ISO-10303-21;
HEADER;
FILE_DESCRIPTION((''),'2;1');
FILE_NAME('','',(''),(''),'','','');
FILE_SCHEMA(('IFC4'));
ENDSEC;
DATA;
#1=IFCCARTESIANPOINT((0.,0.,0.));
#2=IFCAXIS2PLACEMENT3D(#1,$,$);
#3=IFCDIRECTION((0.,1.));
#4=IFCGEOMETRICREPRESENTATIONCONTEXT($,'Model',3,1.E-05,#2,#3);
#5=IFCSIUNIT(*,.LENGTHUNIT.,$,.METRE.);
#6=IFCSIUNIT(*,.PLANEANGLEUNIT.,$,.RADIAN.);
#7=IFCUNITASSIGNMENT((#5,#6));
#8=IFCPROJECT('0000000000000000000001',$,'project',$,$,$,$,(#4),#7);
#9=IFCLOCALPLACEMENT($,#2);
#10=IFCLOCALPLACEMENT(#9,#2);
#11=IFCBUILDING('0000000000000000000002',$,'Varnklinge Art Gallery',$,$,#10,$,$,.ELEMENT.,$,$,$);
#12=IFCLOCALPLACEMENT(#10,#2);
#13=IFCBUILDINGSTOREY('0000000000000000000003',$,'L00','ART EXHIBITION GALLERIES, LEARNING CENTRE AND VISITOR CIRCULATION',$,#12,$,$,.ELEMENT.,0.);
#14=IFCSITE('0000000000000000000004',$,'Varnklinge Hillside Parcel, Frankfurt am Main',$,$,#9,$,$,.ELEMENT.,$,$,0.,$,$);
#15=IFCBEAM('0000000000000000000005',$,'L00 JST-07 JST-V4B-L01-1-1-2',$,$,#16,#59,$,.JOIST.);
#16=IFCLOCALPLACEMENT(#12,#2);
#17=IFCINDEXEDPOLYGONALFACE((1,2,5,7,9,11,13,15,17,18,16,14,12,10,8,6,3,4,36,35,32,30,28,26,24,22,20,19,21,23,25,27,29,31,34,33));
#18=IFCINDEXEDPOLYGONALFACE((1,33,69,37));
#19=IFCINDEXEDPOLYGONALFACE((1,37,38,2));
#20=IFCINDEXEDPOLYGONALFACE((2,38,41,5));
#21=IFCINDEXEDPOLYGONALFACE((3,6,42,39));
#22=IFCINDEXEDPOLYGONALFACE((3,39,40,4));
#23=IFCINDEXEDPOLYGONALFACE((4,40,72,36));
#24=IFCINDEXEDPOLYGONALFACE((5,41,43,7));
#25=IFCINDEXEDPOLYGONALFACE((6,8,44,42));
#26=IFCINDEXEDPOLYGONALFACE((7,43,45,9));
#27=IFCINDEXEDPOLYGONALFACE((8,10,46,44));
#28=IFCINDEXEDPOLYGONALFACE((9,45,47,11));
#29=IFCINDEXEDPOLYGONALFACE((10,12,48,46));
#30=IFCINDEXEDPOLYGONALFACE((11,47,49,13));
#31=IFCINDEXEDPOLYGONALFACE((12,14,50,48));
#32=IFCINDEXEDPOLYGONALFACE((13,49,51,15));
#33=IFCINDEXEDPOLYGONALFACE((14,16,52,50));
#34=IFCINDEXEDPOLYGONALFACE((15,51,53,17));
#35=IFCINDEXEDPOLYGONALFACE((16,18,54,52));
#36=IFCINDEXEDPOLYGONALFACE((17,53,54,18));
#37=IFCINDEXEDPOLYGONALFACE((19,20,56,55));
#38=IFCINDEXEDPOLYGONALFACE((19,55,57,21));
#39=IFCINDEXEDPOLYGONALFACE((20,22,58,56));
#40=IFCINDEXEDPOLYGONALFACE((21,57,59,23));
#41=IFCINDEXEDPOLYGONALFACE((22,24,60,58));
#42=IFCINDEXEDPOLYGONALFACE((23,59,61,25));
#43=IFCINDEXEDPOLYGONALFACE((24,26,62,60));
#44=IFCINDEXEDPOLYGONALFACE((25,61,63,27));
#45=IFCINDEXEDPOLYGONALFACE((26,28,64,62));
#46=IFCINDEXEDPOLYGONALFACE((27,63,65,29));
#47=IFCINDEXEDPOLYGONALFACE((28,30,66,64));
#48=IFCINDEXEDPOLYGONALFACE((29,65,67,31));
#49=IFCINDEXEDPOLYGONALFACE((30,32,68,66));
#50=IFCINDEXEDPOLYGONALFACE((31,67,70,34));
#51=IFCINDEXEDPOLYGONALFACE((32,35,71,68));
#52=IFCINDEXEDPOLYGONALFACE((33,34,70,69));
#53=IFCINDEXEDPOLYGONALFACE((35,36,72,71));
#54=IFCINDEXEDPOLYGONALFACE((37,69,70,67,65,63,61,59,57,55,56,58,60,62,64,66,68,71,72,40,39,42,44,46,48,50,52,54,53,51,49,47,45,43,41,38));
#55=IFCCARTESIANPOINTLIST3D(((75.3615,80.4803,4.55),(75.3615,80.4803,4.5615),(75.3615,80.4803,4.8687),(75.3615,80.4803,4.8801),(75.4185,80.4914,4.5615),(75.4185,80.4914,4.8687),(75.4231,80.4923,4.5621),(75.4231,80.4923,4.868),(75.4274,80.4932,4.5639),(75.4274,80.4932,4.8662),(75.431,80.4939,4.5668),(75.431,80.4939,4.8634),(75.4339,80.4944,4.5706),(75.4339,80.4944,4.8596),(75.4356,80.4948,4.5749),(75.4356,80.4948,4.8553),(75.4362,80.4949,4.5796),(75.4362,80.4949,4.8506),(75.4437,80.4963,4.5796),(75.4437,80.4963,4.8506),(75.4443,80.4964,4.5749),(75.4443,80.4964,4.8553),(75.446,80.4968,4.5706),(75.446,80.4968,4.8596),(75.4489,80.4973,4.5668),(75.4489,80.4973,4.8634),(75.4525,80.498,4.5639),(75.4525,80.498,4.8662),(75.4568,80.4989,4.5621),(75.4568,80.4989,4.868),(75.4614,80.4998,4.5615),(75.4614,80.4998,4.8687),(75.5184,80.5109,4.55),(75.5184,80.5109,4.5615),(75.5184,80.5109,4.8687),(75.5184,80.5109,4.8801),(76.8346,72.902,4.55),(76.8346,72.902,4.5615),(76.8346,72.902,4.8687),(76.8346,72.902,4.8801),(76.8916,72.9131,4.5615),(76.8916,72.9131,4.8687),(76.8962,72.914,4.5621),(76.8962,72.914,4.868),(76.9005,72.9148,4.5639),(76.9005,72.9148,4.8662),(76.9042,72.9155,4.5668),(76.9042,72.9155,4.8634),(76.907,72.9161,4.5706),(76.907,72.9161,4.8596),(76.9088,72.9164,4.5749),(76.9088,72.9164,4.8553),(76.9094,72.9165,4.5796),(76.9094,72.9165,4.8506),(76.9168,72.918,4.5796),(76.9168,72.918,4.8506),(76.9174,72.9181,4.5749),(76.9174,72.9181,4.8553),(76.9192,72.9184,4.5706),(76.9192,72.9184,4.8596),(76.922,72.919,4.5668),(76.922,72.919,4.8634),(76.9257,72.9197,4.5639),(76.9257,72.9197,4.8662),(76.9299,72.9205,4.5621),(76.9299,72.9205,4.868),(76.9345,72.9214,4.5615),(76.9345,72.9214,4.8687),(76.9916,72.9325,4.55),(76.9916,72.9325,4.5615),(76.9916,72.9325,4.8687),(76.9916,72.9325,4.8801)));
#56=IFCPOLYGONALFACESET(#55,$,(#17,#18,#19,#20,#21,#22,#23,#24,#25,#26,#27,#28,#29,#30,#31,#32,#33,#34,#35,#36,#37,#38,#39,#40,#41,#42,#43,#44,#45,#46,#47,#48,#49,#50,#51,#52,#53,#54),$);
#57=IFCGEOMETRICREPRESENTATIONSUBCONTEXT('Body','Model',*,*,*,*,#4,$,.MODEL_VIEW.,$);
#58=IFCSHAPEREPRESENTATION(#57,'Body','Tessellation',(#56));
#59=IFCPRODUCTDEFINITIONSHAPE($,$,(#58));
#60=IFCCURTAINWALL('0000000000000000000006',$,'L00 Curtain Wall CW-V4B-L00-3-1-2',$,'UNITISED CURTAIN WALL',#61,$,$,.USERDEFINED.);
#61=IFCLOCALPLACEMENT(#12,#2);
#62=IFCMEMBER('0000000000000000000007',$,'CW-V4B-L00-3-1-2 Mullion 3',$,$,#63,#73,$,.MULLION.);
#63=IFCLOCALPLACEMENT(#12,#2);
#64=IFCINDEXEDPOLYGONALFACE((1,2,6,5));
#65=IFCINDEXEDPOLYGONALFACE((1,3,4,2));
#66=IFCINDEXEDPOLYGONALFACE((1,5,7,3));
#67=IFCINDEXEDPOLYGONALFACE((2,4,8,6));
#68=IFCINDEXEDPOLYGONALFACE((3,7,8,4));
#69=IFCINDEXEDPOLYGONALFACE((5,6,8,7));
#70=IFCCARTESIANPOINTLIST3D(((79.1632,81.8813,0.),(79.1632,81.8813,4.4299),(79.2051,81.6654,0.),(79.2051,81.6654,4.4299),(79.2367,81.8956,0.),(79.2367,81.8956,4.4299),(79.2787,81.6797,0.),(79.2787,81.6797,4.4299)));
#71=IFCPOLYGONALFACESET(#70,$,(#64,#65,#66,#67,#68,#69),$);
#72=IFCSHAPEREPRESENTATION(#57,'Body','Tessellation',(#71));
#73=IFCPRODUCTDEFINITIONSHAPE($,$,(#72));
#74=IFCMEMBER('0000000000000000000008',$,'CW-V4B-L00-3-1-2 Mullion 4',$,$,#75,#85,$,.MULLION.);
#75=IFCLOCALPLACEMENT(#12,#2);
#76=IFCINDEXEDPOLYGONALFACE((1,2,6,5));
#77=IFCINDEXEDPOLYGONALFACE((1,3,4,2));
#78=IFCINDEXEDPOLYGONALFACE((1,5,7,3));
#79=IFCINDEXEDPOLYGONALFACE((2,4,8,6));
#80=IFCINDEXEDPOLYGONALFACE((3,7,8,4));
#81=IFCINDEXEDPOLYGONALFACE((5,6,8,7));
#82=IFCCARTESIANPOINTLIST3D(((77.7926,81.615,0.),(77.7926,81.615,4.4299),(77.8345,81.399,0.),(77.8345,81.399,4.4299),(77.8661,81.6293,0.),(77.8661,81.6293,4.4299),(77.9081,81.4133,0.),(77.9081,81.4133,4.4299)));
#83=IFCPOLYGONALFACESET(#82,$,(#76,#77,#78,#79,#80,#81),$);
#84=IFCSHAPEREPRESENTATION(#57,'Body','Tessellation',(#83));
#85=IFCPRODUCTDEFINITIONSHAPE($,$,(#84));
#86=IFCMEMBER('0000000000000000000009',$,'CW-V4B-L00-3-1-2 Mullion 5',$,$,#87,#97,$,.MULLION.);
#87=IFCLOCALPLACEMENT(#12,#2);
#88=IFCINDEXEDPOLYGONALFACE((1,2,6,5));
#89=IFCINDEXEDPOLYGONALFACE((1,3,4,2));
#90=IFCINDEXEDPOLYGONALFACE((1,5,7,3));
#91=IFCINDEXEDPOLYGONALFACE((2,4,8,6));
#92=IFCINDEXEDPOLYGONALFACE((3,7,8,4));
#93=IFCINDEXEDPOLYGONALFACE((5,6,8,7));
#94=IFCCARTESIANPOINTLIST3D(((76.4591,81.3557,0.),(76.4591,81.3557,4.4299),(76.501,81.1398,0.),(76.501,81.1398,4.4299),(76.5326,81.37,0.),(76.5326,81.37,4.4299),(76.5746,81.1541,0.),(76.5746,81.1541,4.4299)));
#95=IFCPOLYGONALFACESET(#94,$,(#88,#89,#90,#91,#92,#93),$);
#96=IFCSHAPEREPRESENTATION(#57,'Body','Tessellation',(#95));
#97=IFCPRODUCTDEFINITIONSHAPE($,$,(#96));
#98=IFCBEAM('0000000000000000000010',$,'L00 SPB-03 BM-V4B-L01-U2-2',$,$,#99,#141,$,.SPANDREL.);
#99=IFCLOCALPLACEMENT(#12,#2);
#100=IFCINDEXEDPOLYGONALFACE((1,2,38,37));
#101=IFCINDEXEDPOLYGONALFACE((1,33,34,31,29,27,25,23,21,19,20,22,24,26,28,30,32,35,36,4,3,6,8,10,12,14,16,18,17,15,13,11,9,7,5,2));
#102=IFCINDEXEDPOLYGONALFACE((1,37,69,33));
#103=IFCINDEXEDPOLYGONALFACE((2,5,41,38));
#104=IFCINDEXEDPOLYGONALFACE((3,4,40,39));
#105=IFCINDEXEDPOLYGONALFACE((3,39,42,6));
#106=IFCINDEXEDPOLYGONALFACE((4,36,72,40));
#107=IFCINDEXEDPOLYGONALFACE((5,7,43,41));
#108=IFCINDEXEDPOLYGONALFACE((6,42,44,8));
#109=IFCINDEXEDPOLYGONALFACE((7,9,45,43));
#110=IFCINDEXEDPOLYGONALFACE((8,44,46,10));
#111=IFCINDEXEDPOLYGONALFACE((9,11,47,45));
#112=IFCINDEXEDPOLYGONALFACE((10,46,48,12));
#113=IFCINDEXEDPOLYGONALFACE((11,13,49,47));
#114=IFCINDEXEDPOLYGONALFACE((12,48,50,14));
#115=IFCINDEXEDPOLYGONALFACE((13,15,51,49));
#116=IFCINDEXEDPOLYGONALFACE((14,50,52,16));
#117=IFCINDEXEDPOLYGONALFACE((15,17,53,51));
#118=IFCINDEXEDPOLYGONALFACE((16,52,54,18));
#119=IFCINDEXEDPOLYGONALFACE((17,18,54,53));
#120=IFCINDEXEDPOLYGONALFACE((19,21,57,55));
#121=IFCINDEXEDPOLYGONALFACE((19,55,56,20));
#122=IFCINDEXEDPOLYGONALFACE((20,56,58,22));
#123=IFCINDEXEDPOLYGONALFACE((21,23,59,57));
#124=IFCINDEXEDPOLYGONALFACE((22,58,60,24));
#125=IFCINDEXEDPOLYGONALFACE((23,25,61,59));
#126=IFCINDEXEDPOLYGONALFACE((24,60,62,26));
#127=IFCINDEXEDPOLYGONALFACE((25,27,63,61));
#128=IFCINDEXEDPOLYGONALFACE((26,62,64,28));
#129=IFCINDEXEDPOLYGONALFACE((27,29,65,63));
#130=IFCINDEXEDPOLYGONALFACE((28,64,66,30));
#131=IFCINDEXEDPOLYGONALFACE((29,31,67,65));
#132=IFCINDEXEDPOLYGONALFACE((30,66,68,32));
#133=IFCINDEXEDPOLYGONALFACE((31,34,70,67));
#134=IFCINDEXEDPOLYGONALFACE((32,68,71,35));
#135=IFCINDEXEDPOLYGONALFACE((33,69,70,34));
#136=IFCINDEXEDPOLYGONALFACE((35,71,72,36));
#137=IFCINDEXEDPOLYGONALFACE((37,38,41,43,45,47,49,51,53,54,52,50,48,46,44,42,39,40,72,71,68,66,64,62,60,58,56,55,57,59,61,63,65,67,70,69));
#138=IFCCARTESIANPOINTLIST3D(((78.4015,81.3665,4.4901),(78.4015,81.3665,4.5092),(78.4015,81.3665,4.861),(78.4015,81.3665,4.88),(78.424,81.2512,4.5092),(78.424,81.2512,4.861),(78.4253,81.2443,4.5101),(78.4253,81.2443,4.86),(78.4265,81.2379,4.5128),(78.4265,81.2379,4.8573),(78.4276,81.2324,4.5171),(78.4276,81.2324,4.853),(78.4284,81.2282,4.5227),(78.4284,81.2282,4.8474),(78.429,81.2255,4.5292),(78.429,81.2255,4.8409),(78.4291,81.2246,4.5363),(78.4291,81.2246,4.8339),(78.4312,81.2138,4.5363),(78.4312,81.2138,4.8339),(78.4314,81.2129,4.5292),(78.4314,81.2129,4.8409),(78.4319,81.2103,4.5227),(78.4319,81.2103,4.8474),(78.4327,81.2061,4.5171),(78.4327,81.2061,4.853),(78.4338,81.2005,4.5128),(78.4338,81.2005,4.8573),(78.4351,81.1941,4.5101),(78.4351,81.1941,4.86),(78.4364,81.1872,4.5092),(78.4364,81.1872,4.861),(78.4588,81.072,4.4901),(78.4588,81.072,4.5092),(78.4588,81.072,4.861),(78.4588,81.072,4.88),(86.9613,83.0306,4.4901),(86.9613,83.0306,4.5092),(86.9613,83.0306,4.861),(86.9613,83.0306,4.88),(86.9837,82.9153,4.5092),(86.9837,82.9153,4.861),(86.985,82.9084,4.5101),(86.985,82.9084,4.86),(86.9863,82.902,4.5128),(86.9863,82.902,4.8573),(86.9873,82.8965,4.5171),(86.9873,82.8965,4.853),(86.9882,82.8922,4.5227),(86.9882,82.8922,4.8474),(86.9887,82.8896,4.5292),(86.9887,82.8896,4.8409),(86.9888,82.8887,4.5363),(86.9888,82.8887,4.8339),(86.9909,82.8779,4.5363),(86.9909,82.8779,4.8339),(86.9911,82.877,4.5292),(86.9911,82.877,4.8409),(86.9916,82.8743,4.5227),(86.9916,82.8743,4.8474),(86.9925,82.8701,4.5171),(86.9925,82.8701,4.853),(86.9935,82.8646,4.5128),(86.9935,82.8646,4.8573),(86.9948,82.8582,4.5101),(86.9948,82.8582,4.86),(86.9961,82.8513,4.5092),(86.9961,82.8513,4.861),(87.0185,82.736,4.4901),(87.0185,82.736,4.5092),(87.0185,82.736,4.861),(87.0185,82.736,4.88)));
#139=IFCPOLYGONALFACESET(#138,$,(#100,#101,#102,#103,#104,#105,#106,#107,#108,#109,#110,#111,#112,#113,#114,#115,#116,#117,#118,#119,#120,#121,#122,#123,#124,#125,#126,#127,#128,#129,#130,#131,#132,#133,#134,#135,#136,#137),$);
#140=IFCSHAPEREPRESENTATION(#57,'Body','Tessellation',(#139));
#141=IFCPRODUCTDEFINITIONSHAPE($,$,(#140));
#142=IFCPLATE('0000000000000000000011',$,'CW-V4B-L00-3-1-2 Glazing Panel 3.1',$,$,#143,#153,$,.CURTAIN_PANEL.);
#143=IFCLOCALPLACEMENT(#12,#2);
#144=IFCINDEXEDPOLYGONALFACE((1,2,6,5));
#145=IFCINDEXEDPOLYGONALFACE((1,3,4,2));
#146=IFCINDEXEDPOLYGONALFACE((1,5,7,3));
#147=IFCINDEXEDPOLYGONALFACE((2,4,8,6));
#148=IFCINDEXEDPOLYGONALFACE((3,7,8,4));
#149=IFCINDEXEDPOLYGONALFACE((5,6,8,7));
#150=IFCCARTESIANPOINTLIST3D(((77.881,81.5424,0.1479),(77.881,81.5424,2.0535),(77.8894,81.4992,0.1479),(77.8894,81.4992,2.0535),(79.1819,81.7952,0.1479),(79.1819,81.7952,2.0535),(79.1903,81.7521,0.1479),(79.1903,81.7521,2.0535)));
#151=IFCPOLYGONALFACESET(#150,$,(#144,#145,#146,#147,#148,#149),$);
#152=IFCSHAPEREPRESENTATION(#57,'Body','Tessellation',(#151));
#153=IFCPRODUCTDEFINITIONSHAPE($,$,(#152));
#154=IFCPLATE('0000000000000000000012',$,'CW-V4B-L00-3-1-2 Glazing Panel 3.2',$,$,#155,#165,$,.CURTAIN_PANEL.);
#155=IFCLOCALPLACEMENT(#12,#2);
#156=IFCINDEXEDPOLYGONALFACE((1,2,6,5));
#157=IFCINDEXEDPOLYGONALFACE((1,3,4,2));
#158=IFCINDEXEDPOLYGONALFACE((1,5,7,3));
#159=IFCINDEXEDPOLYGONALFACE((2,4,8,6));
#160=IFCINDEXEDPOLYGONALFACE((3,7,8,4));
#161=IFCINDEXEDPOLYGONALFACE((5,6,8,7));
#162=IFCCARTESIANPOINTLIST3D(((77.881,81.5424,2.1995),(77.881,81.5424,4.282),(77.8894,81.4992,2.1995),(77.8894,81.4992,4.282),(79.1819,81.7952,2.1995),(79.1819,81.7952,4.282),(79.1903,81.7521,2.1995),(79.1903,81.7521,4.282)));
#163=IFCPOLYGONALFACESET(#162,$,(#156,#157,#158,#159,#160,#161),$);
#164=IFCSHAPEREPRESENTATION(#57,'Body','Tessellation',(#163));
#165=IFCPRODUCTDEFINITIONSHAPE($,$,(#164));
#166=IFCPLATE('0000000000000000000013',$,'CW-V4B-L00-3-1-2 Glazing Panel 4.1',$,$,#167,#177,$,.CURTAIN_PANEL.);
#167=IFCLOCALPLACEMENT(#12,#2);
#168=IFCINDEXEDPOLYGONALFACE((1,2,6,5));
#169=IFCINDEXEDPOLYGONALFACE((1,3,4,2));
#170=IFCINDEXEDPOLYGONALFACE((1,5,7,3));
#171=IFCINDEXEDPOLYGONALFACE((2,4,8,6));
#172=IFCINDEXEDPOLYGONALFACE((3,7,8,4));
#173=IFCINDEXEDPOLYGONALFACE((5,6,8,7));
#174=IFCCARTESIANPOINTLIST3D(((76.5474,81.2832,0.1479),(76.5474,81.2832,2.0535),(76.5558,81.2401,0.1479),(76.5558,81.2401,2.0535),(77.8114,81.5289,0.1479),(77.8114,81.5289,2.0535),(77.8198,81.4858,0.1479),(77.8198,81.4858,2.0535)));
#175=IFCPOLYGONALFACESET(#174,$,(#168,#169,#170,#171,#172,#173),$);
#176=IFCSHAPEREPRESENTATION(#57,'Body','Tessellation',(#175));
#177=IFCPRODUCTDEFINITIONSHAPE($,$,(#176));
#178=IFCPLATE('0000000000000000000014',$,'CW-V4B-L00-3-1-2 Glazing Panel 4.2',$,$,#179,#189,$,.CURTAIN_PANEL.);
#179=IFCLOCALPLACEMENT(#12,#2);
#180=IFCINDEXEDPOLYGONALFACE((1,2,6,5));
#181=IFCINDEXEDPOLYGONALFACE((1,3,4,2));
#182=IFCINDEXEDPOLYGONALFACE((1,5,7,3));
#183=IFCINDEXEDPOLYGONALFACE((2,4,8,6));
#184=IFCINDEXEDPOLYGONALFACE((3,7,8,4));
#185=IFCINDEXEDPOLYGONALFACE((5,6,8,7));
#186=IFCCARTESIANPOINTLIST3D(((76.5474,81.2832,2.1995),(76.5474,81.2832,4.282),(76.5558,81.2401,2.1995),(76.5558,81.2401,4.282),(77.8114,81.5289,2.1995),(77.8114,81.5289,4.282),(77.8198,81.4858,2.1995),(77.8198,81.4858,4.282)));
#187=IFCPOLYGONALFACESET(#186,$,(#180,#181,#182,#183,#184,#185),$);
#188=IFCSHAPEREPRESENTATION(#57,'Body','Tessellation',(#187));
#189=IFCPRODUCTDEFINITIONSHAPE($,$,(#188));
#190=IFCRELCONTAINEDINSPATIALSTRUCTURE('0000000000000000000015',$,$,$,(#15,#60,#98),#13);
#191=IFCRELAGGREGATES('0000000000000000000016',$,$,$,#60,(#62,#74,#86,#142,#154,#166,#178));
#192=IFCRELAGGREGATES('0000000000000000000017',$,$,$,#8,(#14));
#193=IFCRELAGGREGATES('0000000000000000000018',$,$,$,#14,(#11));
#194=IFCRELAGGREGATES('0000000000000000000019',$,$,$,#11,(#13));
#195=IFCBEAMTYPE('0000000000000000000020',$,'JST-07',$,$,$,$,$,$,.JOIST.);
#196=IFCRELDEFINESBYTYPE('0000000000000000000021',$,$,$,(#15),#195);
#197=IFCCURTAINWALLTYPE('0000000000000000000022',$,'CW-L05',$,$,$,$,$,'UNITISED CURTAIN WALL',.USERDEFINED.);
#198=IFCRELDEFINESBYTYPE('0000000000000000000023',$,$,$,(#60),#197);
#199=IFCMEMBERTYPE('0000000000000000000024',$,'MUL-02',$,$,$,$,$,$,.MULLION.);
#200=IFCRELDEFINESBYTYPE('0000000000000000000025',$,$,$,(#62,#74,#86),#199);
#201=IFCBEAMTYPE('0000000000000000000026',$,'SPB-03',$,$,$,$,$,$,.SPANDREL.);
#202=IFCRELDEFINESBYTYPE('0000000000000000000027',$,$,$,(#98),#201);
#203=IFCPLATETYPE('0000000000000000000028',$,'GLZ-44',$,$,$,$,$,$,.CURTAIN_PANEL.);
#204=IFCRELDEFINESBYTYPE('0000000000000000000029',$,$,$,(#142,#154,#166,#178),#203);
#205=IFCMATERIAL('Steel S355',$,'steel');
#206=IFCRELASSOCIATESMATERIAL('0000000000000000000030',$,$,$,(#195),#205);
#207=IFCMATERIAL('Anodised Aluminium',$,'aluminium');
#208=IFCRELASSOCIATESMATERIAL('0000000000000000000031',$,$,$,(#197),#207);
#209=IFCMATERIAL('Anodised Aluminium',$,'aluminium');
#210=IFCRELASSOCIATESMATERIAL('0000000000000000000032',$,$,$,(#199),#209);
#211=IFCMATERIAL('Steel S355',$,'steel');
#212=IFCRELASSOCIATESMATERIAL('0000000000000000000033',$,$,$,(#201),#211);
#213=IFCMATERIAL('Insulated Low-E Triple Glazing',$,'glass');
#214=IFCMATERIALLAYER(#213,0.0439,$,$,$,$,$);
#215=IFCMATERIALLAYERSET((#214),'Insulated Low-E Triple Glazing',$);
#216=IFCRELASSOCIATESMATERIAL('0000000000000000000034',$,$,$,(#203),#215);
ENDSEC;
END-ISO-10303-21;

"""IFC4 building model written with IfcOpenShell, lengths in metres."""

from ifc_helpers import new_model, si_unit, direction, frame, origin, origin_2d, place, context, subcontext, project, spatial, rectangle, i_section, extrude, material, layer, layer_set, material_profile, profile_set, type_object, element, aggregate, save


model = new_model("IFC4")

# Units and contexts
model_context = context("Model", 3, precision=1e-05, world=origin(), true_north=direction((0.0, 1.0)))
body_context = subcontext(model_context, "Body", "Model", "MODEL_VIEW")
ifc_project = project(units=[si_unit("LENGTHUNIT", "METRE"), si_unit("PLANEANGLEUNIT", "RADIAN")], contexts=[model_context])

# Site, building, storey
site_placement = place(None, origin())
site = spatial("IfcSite", under=ifc_project, at=site_placement, Name="Varnklinge Hillside Parcel, Frankfurt am Main", CompositionType="ELEMENT", RefElevation=0.0)
building_placement = place(site_placement, origin())
building = spatial("IfcBuilding", under=site, at=building_placement, Name="Varnklinge Art Gallery", CompositionType="ELEMENT")
storey_placement = place(building_placement, origin())
storey = spatial("IfcBuildingStorey", under=building, at=storey_placement, Name="L00", Description="ART EXHIBITION GALLERIES, LEARNING CENTRE AND VISITOR CIRCULATION", CompositionType="ELEMENT", Elevation=0.0)

# Beam
ifc_material_1 = material(Name="Steel S355", Category="steel")
ifc_material_profile_1 = material_profile(ifc_material_1, i_section(OverallWidth=0.1599, OverallDepth=0.3301, WebThickness=0.0076, FlangeThickness=0.0115, FilletRadius=0.0181, at=origin_2d()), Name="IPE 330")
ifc_profile_set_1 = profile_set([ifc_material_profile_1], Name="Steel S355")
beam_type_1 = type_object("IfcBeamType", Name="JST-07", PredefinedType="JOIST", material=ifc_profile_set_1)
beam_1_placement = place(storey_placement, frame((76.9131, 72.9172, 4.7151), z_axis=(-0.190816, 0.981626, 0.0), x_axis=(-0.981626, -0.190816, 0.0)))
element("IfcBeam", 1, at=beam_1_placement, inside=storey, type_object=beam_type_1, Name="L00 JST-07 JST-V4B-L01-1-1-2", PredefinedType="JOIST", context=body_context, shape_type="SweptSolid", body=[
    extrude(i_section(OverallWidth=0.1599, OverallDepth=0.3301, WebThickness=0.0076, FlangeThickness=0.0115, FilletRadius=0.0181, at=origin_2d()), origin(), (0.0, 0.0, 1.0), 7.7202),
])

# Curtain wall, members
ifc_material_2 = material(Name="Anodised Aluminium", Category="aluminium")
curtain_wall_type = type_object("IfcCurtainWallType", Name="CW-L05", ElementType="UNITISED CURTAIN WALL", PredefinedType="USERDEFINED", material=ifc_material_2)
curtain_wall_placement = place(storey_placement, origin())
curtain_wall = element("IfcCurtainWall", 2, at=curtain_wall_placement, inside=storey, type_object=curtain_wall_type, Name="L00 Curtain Wall CW-V4B-L00-3-1-2", ObjectType="UNITISED CURTAIN WALL", PredefinedType="USERDEFINED")
ifc_material_3 = material(Name="Anodised Aluminium", Category="aluminium")
ifc_material_profile_2 = material_profile(ifc_material_3, rectangle(XDim=0.075, YDim=0.22, at=origin_2d()), Name="ALU 75x220")
ifc_profile_set_2 = profile_set([ifc_material_profile_2], Name="Anodised Aluminium")
member_type = type_object("IfcMemberType", Name="MUL-02", PredefinedType="MULLION", material=ifc_profile_set_2)
member_1_placement = place(storey_placement, frame((79.2209, 81.7805, 0.0), z_axis=(0.0, 0.0, 1.0), x_axis=(-0.981627, -0.190809, 0.0)))
member_1 = element("IfcMember", 3, at=member_1_placement, type_object=member_type, Name="CW-V4B-L00-3-1-2 Mullion 3", PredefinedType="MULLION", context=body_context, shape_type="SweptSolid", body=[
    extrude(rectangle(XDim=0.075, YDim=0.22, at=origin_2d()), origin(), (0.0, 0.0, 1.0), 4.4299),
])
member_2_placement = place(storey_placement, frame((77.8503, 81.5142, 0.0), z_axis=(0.0, 0.0, 1.0), x_axis=(-0.981627, -0.190809, 0.0)))
member_2 = element("IfcMember", 4, at=member_2_placement, type_object=member_type, Name="CW-V4B-L00-3-1-2 Mullion 4", PredefinedType="MULLION", context=body_context, shape_type="SweptSolid", body=[
    extrude(rectangle(XDim=0.075, YDim=0.22, at=origin_2d()), origin(), (0.0, 0.0, 1.0), 4.4299),
])
member_3_placement = place(storey_placement, frame((76.5168, 81.2549, 0.0), z_axis=(0.0, 0.0, 1.0), x_axis=(-0.981627, -0.190809, 0.0)))
member_3 = element("IfcMember", 5, at=member_3_placement, type_object=member_type, Name="CW-V4B-L00-3-1-2 Mullion 5", PredefinedType="MULLION", context=body_context, shape_type="SweptSolid", body=[
    extrude(rectangle(XDim=0.075, YDim=0.22, at=origin_2d()), origin(), (0.0, 0.0, 1.0), 4.4299),
])

# Beam
ifc_material_4 = material(Name="Steel S355", Category="steel")
ifc_material_profile_3 = material_profile(ifc_material_4, i_section(OverallWidth=0.3, OverallDepth=0.3899, WebThickness=0.011, FlangeThickness=0.019, FilletRadius=0.0271, at=origin_2d()), Name="HEA 400")
ifc_profile_set_3 = profile_set([ifc_material_profile_3], Name="Steel S355")
beam_type_2 = type_object("IfcBeamType", Name="SPB-03", PredefinedType="SPANDREL", material=ifc_profile_set_3)
beam_2_placement = place(storey_placement, frame((78.4302, 81.2192, 4.6851), z_axis=(0.981623, 0.190831, 0.0), x_axis=(-0.190831, 0.981623, 0.0)))
element("IfcBeam", 6, at=beam_2_placement, inside=storey, type_object=beam_type_2, Name="L00 SPB-03 BM-V4B-L01-U2-2", PredefinedType="SPANDREL", context=body_context, shape_type="SweptSolid", body=[
    extrude(i_section(OverallWidth=0.3, OverallDepth=0.3899, WebThickness=0.011, FlangeThickness=0.019, FilletRadius=0.0271, at=origin_2d()), origin(), (0.0, 0.0, 1.0), 8.72),
])

# Plates
ifc_material_5 = material(Name="Insulated Low-E Triple Glazing", Category="glass")
ifc_layer_1 = layer(ifc_material_5, 0.0439)
ifc_layer_set_1 = layer_set([ifc_layer_1], Name="Insulated Low-E Triple Glazing")
plate_type = type_object("IfcPlateType", Name="GLZ-44", PredefinedType="CURTAIN_PANEL", material=ifc_layer_set_1)
plate_1_placement = place(storey_placement, frame((78.5356, 81.6472, 0.1479), z_axis=(0.0, 0.0, 1.0), x_axis=(-0.981627, -0.190809, 0.0)))
plate_1 = element("IfcPlate", 7, at=plate_1_placement, type_object=plate_type, Name="CW-V4B-L00-3-1-2 Glazing Panel 3.1", PredefinedType="CURTAIN_PANEL", context=body_context, shape_type="SweptSolid", body=[
    extrude(rectangle(XDim=1.3252, YDim=0.0439, at=origin_2d()), origin(), (0.0, 0.0, 1.0), 1.9055),
])
plate_2_placement = place(storey_placement, frame((78.5356, 81.6472, 2.1995), z_axis=(0.0, 0.0, 1.0), x_axis=(-0.981627, -0.190809, 0.0)))
plate_2 = element("IfcPlate", 8, at=plate_2_placement, type_object=plate_type, Name="CW-V4B-L00-3-1-2 Glazing Panel 3.2", PredefinedType="CURTAIN_PANEL", context=body_context, shape_type="SweptSolid", body=[
    extrude(rectangle(XDim=1.3252, YDim=0.0439, at=origin_2d()), origin(), (0.0, 0.0, 1.0), 2.0825),
])
plate_3_placement = place(storey_placement, frame((77.1836, 81.3845, 0.1479), z_axis=(0.0, 0.0, 1.0), x_axis=(-0.981627, -0.190809, 0.0)))
plate_3 = element("IfcPlate", 9, at=plate_3_placement, type_object=plate_type, Name="CW-V4B-L00-3-1-2 Glazing Panel 4.1", PredefinedType="CURTAIN_PANEL", context=body_context, shape_type="SweptSolid", body=[
    extrude(rectangle(XDim=1.2876, YDim=0.0439, at=origin_2d()), origin(), (0.0, 0.0, 1.0), 1.9055),
])
plate_4_placement = place(storey_placement, frame((77.1836, 81.3845, 2.1995), z_axis=(0.0, 0.0, 1.0), x_axis=(-0.981627, -0.190809, 0.0)))
plate_4 = element("IfcPlate", 10, at=plate_4_placement, type_object=plate_type, Name="CW-V4B-L00-3-1-2 Glazing Panel 4.2", PredefinedType="CURTAIN_PANEL", context=body_context, shape_type="SweptSolid", body=[
    extrude(rectangle(XDim=1.2876, YDim=0.0439, at=origin_2d()), origin(), (0.0, 0.0, 1.0), 2.0825),
])
aggregate(curtain_wall, [member_1, member_2, member_3, plate_1, plate_2, plate_3, plate_4])

save(model, "model.ifc")
